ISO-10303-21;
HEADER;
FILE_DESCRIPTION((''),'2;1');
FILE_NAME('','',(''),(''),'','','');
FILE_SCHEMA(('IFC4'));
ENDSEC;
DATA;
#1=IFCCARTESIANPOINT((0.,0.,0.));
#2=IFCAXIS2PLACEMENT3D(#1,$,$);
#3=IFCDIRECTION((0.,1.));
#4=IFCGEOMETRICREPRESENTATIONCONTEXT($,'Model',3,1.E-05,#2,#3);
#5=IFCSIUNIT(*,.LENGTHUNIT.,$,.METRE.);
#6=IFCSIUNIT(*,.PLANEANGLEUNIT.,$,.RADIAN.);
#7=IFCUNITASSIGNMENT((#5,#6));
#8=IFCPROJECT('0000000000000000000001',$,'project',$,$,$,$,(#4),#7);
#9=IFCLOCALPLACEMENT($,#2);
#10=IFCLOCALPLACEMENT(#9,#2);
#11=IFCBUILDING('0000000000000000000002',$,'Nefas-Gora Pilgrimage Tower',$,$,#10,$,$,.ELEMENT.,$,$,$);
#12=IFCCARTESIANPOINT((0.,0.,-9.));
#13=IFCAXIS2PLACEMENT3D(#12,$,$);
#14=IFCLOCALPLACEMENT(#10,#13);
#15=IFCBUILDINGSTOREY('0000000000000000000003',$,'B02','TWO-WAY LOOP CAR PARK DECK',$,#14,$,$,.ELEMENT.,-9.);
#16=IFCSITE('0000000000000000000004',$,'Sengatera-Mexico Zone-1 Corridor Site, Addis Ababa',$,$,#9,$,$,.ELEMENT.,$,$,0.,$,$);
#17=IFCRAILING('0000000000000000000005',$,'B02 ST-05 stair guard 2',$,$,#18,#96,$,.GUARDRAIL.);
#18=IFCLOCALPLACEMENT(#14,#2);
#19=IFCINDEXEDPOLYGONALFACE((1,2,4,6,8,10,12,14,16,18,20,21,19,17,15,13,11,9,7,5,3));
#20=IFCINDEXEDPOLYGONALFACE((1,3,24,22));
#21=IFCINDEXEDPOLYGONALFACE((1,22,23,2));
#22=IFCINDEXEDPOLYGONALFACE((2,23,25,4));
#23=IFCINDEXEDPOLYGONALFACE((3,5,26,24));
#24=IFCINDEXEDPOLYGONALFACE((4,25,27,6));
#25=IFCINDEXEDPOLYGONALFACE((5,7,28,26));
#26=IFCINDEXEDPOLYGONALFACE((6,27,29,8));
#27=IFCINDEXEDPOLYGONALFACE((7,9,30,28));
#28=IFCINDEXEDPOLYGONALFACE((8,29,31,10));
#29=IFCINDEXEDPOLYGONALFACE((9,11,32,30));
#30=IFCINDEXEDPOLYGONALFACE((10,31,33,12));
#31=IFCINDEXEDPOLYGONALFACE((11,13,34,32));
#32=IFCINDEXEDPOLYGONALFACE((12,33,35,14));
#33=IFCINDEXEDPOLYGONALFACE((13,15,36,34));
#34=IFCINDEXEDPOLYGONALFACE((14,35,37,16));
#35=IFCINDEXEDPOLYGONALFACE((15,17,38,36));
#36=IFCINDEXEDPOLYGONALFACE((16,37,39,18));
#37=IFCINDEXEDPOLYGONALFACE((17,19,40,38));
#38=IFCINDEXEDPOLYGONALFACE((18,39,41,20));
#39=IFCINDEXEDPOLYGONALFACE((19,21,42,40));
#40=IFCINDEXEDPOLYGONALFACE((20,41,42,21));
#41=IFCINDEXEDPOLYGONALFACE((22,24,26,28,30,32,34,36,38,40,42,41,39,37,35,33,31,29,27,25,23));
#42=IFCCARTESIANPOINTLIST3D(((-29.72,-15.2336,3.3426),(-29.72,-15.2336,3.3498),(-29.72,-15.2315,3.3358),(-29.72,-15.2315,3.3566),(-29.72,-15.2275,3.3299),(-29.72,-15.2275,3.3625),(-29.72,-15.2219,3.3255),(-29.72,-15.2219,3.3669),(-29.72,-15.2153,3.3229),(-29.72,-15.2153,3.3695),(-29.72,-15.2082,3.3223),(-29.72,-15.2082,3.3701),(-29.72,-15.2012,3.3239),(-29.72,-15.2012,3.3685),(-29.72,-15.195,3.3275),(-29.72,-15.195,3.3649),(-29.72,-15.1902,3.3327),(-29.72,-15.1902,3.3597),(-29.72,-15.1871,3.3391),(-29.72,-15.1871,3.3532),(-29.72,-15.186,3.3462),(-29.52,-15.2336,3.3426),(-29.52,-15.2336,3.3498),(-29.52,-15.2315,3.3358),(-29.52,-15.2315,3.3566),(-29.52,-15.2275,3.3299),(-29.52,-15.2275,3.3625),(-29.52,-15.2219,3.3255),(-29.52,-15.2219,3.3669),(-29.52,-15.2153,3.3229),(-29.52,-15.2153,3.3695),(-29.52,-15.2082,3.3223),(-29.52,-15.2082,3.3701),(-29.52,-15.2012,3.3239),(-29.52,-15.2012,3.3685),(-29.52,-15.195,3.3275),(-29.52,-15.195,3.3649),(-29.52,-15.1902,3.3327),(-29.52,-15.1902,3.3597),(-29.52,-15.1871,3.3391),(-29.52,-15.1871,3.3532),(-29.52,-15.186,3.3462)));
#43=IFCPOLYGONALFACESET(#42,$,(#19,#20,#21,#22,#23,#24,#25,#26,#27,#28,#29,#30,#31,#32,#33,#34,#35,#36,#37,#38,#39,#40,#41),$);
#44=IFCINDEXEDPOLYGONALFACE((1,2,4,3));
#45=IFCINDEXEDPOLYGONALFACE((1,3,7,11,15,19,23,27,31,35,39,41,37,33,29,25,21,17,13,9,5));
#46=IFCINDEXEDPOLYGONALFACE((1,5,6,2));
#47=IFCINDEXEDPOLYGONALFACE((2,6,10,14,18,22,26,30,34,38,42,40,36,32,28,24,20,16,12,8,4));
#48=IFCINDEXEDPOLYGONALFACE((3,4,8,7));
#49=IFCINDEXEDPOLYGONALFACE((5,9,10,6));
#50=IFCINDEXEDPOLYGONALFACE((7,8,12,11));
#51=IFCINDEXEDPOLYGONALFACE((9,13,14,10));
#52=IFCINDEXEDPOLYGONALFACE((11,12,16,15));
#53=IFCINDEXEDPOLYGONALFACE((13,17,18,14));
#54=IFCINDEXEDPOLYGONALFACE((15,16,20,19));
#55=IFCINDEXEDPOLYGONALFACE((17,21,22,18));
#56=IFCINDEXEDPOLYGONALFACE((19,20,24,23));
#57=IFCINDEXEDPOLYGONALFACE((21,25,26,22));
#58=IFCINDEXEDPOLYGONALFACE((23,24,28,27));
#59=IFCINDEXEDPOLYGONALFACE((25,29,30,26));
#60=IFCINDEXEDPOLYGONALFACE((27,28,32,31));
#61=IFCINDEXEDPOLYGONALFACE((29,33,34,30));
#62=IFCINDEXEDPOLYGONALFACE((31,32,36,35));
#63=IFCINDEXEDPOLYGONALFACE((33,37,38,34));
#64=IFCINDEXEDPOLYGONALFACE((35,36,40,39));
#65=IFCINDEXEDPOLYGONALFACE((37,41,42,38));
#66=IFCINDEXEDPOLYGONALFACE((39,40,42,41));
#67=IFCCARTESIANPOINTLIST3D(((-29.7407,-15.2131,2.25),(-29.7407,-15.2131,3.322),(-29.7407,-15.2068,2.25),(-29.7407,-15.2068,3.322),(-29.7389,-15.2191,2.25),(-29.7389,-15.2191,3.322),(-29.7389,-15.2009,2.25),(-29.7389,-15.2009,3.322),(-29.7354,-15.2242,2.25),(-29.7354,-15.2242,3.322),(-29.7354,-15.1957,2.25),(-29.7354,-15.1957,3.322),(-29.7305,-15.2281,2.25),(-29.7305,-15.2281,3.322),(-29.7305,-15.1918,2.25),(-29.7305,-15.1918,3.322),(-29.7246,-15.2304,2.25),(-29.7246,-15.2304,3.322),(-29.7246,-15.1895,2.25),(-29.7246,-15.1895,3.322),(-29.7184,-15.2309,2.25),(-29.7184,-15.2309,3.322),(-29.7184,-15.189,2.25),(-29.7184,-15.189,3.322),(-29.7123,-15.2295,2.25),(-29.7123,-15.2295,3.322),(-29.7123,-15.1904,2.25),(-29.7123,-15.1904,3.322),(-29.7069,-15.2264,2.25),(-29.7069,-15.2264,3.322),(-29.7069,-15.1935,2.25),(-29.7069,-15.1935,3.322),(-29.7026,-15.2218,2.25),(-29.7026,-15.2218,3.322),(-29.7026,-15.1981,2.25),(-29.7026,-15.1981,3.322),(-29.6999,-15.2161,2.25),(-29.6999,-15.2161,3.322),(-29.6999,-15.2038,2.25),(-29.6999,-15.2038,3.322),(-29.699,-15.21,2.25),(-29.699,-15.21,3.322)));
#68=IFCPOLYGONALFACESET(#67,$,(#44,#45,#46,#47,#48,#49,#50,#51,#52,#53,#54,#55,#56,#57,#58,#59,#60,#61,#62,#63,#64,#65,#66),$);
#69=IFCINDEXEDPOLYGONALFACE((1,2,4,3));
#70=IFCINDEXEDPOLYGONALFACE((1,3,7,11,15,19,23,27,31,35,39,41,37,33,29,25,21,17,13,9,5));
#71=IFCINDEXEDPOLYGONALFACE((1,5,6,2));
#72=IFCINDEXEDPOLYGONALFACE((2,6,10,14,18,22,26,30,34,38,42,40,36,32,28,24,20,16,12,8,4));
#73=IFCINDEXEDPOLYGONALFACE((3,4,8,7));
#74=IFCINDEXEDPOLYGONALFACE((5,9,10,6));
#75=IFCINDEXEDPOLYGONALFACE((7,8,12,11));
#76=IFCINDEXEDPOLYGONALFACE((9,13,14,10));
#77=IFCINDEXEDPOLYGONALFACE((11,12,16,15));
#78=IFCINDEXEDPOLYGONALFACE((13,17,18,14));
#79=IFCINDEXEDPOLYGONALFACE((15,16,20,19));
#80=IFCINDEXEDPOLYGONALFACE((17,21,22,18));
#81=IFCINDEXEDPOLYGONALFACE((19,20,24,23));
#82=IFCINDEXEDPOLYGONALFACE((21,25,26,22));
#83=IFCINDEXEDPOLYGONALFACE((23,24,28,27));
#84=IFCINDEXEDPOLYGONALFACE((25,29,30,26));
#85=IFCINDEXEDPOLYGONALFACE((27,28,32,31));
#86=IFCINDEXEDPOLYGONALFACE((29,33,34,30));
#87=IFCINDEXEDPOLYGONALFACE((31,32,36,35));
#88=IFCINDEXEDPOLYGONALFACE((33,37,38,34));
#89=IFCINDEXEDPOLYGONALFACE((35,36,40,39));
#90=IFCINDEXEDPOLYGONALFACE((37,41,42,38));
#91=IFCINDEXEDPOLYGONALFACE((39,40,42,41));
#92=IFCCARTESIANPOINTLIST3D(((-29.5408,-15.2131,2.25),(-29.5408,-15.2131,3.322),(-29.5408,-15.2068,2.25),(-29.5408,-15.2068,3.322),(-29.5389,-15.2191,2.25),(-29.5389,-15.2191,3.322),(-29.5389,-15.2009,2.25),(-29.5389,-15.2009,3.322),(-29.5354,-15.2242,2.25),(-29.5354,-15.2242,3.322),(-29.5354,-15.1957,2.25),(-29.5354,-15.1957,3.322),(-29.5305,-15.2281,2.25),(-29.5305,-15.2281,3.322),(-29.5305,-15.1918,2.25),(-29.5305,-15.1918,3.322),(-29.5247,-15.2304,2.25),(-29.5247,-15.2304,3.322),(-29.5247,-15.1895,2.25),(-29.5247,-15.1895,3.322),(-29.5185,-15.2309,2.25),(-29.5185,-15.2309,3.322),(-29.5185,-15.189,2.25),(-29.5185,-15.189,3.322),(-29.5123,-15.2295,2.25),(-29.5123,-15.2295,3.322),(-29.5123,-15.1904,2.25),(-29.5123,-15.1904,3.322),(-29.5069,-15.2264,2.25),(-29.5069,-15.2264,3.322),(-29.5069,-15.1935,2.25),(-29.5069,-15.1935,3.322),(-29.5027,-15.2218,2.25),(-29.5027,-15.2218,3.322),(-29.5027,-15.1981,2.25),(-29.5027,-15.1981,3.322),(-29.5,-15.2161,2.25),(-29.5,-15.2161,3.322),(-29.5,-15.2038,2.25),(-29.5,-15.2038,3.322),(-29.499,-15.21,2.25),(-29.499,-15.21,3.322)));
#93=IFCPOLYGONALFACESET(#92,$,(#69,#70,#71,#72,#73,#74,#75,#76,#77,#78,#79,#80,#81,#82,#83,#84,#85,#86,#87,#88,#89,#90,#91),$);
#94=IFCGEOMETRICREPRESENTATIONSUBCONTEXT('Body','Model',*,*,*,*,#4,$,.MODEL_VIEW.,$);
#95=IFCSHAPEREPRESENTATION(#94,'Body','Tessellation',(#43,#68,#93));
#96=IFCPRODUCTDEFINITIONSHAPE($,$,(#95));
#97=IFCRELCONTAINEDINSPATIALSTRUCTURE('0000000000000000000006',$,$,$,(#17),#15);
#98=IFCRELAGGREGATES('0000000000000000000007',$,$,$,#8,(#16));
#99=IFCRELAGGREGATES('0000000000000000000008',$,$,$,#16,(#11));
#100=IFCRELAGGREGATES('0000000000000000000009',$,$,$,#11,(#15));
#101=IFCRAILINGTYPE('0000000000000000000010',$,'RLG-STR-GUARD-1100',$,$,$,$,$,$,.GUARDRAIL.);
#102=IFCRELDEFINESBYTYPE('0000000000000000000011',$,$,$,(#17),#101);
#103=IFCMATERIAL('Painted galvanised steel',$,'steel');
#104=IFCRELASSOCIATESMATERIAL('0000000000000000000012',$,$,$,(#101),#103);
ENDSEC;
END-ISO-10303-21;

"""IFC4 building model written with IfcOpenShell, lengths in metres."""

from ifc_helpers import new_model, si_unit, direction, frame, origin, origin_2d, place, context, subcontext, project, spatial, circle, extrude, material, type_object, element, save


model = new_model("IFC4")

# Units and contexts
model_context = context("Model", 3, precision=1e-05, world=origin(), true_north=direction((0.0, 1.0)))
body_context = subcontext(model_context, "Body", "Model", "MODEL_VIEW")
ifc_project = project(units=[si_unit("LENGTHUNIT", "METRE"), si_unit("PLANEANGLEUNIT", "RADIAN")], contexts=[model_context])

# Site, building, storey
site_placement = place(None, origin())
site = spatial("IfcSite", under=ifc_project, at=site_placement, Name="Sengatera-Mexico Zone-1 Corridor Site, Addis Ababa", CompositionType="ELEMENT", RefElevation=0.0)
building_placement = place(site_placement, origin())
building = spatial("IfcBuilding", under=site, at=building_placement, Name="Nefas-Gora Pilgrimage Tower", CompositionType="ELEMENT")
storey_placement = place(building_placement, frame((0.0, 0.0, -9.0)))
storey = spatial("IfcBuildingStorey", under=building, at=storey_placement, Name="B02", Description="TWO-WAY LOOP CAR PARK DECK", CompositionType="ELEMENT", Elevation=-9.0)

# Railing
ifc_material_1 = material(Name="Painted galvanised steel", Category="steel")
railing_type_1 = type_object("IfcRailingType", Name="RLG-STR-GUARD-1100", PredefinedType="GUARDRAIL", material=ifc_material_1)
railing_1_placement = place(storey_placement, frame((-29.72, -15.21, 2.25)))
element("IfcRailing", 1, at=railing_1_placement, inside=storey, type_object=railing_type_1, Name="B02 ST-05 stair guard 2", PredefinedType="GUARDRAIL", context=body_context, shape_type="SweptSolid", body=[
    extrude(circle(Radius=0.0239, at=origin_2d()), frame((0.0, 0.0, 1.0962), z_axis=(1.0, 0.0, 0.0), x_axis=(0.0, 1.0, 0.0)), (0.0, 0.0, 1.0), 0.2),
    extrude(circle(Radius=0.021, at=origin_2d()), origin(), (0.0, 0.0, 1.0), 1.072),
    extrude(circle(Radius=0.021, at=origin_2d()), frame((0.2, 0.0, 0.0)), (0.0, 0.0, 1.0), 1.072),
])

save(model, "model.ifc")
